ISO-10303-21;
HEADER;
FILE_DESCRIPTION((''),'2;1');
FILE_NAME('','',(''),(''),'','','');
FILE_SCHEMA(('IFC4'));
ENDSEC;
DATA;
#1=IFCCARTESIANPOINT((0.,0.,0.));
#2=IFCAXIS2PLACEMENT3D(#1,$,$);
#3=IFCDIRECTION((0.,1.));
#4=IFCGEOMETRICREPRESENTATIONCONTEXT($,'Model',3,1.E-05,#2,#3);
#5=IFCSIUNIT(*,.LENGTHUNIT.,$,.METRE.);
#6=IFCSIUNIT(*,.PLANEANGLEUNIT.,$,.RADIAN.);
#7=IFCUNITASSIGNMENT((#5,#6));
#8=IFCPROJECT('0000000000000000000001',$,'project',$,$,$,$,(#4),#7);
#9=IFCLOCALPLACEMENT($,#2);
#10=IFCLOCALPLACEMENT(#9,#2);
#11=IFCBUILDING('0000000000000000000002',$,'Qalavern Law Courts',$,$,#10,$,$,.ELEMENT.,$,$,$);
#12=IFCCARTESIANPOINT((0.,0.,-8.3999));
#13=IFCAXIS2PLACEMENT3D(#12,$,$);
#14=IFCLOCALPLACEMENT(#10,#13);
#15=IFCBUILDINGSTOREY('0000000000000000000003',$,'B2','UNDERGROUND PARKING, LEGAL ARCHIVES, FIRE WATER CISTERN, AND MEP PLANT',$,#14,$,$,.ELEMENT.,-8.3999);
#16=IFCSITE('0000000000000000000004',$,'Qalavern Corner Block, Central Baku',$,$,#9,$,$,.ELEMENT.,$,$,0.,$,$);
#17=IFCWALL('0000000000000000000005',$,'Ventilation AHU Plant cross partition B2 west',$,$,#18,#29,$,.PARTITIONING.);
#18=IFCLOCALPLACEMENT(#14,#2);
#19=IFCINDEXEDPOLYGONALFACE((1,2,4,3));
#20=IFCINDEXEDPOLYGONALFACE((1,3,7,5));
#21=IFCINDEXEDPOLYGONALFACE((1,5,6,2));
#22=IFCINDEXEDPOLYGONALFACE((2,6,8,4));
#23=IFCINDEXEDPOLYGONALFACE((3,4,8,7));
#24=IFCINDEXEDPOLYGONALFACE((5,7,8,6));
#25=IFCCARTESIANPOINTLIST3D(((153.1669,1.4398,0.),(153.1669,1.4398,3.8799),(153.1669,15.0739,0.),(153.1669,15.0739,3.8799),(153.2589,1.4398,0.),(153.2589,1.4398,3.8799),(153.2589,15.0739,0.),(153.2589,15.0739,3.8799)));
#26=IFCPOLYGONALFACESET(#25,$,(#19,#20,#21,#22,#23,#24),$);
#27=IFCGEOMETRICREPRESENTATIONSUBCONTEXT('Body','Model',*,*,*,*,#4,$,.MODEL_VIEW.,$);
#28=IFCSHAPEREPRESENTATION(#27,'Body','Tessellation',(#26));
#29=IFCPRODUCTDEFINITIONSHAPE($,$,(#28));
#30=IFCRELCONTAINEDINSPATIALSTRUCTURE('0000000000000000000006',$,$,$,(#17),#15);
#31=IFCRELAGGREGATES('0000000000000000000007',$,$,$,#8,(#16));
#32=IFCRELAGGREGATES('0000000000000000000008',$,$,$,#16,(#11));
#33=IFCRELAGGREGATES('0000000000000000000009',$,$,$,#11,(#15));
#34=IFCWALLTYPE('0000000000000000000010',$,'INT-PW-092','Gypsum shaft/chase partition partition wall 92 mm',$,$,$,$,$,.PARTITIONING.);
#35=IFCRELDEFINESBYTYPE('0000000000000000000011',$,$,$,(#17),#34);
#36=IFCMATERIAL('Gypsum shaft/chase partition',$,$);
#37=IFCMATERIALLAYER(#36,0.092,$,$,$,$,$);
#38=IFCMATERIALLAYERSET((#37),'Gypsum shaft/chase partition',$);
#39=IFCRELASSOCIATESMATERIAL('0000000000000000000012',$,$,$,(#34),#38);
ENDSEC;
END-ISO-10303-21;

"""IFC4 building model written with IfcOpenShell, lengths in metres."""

from ifc_helpers import new_model, si_unit, direction, frame, frame_2d, origin, place, context, subcontext, project, spatial, rectangle, extrude, material, layer, layer_set, type_object, element, save


model = new_model("IFC4")

# Units and contexts
model_context = context("Model", 3, precision=1e-05, world=origin(), true_north=direction((0.0, 1.0)))
body_context = subcontext(model_context, "Body", "Model", "MODEL_VIEW")
ifc_project = project(units=[si_unit("LENGTHUNIT", "METRE"), si_unit("PLANEANGLEUNIT", "RADIAN")], contexts=[model_context])

# Site, building, storey
site_placement = place(None, origin())
site = spatial("IfcSite", under=ifc_project, at=site_placement, Name="Qalavern Corner Block, Central Baku", CompositionType="ELEMENT", RefElevation=0.0)
building_placement = place(site_placement, origin())
building = spatial("IfcBuilding", under=site, at=building_placement, Name="Qalavern Law Courts", CompositionType="ELEMENT")
storey_placement = place(building_placement, frame((0.0, 0.0, -8.3999)))
storey = spatial("IfcBuildingStorey", under=building, at=storey_placement, Name="B2", Description="UNDERGROUND PARKING, LEGAL ARCHIVES, FIRE WATER CISTERN, AND MEP PLANT", CompositionType="ELEMENT", Elevation=-8.3999)

# Wall
ifc_material_1 = material(Name="Gypsum shaft/chase partition")
ifc_layer = layer(ifc_material_1, 0.092)
ifc_layer_set = layer_set([ifc_layer], Name="Gypsum shaft/chase partition")
wall_type = type_object("IfcWallType", Name="INT-PW-092", Description="Gypsum shaft/chase partition partition wall 92 mm", PredefinedType="PARTITIONING", material=ifc_layer_set)
wall_placement = place(storey_placement, frame((153.2129, 1.4399, 0.0), z_axis=(0.0, 0.0, 1.0), x_axis=(0.0, 1.0, 0.0)))
element("IfcWall", 1, at=wall_placement, inside=storey, type_object=wall_type, Name="Ventilation AHU Plant cross partition B2 west", PredefinedType="PARTITIONING", context=body_context, shape_type="SweptSolid", body=[
    extrude(rectangle(XDim=13.634, YDim=0.092, at=frame_2d((6.8169, 0.0))), origin(), (0.0, 0.0, 1.0), 3.8799),
])

save(model, "model.ifc")
